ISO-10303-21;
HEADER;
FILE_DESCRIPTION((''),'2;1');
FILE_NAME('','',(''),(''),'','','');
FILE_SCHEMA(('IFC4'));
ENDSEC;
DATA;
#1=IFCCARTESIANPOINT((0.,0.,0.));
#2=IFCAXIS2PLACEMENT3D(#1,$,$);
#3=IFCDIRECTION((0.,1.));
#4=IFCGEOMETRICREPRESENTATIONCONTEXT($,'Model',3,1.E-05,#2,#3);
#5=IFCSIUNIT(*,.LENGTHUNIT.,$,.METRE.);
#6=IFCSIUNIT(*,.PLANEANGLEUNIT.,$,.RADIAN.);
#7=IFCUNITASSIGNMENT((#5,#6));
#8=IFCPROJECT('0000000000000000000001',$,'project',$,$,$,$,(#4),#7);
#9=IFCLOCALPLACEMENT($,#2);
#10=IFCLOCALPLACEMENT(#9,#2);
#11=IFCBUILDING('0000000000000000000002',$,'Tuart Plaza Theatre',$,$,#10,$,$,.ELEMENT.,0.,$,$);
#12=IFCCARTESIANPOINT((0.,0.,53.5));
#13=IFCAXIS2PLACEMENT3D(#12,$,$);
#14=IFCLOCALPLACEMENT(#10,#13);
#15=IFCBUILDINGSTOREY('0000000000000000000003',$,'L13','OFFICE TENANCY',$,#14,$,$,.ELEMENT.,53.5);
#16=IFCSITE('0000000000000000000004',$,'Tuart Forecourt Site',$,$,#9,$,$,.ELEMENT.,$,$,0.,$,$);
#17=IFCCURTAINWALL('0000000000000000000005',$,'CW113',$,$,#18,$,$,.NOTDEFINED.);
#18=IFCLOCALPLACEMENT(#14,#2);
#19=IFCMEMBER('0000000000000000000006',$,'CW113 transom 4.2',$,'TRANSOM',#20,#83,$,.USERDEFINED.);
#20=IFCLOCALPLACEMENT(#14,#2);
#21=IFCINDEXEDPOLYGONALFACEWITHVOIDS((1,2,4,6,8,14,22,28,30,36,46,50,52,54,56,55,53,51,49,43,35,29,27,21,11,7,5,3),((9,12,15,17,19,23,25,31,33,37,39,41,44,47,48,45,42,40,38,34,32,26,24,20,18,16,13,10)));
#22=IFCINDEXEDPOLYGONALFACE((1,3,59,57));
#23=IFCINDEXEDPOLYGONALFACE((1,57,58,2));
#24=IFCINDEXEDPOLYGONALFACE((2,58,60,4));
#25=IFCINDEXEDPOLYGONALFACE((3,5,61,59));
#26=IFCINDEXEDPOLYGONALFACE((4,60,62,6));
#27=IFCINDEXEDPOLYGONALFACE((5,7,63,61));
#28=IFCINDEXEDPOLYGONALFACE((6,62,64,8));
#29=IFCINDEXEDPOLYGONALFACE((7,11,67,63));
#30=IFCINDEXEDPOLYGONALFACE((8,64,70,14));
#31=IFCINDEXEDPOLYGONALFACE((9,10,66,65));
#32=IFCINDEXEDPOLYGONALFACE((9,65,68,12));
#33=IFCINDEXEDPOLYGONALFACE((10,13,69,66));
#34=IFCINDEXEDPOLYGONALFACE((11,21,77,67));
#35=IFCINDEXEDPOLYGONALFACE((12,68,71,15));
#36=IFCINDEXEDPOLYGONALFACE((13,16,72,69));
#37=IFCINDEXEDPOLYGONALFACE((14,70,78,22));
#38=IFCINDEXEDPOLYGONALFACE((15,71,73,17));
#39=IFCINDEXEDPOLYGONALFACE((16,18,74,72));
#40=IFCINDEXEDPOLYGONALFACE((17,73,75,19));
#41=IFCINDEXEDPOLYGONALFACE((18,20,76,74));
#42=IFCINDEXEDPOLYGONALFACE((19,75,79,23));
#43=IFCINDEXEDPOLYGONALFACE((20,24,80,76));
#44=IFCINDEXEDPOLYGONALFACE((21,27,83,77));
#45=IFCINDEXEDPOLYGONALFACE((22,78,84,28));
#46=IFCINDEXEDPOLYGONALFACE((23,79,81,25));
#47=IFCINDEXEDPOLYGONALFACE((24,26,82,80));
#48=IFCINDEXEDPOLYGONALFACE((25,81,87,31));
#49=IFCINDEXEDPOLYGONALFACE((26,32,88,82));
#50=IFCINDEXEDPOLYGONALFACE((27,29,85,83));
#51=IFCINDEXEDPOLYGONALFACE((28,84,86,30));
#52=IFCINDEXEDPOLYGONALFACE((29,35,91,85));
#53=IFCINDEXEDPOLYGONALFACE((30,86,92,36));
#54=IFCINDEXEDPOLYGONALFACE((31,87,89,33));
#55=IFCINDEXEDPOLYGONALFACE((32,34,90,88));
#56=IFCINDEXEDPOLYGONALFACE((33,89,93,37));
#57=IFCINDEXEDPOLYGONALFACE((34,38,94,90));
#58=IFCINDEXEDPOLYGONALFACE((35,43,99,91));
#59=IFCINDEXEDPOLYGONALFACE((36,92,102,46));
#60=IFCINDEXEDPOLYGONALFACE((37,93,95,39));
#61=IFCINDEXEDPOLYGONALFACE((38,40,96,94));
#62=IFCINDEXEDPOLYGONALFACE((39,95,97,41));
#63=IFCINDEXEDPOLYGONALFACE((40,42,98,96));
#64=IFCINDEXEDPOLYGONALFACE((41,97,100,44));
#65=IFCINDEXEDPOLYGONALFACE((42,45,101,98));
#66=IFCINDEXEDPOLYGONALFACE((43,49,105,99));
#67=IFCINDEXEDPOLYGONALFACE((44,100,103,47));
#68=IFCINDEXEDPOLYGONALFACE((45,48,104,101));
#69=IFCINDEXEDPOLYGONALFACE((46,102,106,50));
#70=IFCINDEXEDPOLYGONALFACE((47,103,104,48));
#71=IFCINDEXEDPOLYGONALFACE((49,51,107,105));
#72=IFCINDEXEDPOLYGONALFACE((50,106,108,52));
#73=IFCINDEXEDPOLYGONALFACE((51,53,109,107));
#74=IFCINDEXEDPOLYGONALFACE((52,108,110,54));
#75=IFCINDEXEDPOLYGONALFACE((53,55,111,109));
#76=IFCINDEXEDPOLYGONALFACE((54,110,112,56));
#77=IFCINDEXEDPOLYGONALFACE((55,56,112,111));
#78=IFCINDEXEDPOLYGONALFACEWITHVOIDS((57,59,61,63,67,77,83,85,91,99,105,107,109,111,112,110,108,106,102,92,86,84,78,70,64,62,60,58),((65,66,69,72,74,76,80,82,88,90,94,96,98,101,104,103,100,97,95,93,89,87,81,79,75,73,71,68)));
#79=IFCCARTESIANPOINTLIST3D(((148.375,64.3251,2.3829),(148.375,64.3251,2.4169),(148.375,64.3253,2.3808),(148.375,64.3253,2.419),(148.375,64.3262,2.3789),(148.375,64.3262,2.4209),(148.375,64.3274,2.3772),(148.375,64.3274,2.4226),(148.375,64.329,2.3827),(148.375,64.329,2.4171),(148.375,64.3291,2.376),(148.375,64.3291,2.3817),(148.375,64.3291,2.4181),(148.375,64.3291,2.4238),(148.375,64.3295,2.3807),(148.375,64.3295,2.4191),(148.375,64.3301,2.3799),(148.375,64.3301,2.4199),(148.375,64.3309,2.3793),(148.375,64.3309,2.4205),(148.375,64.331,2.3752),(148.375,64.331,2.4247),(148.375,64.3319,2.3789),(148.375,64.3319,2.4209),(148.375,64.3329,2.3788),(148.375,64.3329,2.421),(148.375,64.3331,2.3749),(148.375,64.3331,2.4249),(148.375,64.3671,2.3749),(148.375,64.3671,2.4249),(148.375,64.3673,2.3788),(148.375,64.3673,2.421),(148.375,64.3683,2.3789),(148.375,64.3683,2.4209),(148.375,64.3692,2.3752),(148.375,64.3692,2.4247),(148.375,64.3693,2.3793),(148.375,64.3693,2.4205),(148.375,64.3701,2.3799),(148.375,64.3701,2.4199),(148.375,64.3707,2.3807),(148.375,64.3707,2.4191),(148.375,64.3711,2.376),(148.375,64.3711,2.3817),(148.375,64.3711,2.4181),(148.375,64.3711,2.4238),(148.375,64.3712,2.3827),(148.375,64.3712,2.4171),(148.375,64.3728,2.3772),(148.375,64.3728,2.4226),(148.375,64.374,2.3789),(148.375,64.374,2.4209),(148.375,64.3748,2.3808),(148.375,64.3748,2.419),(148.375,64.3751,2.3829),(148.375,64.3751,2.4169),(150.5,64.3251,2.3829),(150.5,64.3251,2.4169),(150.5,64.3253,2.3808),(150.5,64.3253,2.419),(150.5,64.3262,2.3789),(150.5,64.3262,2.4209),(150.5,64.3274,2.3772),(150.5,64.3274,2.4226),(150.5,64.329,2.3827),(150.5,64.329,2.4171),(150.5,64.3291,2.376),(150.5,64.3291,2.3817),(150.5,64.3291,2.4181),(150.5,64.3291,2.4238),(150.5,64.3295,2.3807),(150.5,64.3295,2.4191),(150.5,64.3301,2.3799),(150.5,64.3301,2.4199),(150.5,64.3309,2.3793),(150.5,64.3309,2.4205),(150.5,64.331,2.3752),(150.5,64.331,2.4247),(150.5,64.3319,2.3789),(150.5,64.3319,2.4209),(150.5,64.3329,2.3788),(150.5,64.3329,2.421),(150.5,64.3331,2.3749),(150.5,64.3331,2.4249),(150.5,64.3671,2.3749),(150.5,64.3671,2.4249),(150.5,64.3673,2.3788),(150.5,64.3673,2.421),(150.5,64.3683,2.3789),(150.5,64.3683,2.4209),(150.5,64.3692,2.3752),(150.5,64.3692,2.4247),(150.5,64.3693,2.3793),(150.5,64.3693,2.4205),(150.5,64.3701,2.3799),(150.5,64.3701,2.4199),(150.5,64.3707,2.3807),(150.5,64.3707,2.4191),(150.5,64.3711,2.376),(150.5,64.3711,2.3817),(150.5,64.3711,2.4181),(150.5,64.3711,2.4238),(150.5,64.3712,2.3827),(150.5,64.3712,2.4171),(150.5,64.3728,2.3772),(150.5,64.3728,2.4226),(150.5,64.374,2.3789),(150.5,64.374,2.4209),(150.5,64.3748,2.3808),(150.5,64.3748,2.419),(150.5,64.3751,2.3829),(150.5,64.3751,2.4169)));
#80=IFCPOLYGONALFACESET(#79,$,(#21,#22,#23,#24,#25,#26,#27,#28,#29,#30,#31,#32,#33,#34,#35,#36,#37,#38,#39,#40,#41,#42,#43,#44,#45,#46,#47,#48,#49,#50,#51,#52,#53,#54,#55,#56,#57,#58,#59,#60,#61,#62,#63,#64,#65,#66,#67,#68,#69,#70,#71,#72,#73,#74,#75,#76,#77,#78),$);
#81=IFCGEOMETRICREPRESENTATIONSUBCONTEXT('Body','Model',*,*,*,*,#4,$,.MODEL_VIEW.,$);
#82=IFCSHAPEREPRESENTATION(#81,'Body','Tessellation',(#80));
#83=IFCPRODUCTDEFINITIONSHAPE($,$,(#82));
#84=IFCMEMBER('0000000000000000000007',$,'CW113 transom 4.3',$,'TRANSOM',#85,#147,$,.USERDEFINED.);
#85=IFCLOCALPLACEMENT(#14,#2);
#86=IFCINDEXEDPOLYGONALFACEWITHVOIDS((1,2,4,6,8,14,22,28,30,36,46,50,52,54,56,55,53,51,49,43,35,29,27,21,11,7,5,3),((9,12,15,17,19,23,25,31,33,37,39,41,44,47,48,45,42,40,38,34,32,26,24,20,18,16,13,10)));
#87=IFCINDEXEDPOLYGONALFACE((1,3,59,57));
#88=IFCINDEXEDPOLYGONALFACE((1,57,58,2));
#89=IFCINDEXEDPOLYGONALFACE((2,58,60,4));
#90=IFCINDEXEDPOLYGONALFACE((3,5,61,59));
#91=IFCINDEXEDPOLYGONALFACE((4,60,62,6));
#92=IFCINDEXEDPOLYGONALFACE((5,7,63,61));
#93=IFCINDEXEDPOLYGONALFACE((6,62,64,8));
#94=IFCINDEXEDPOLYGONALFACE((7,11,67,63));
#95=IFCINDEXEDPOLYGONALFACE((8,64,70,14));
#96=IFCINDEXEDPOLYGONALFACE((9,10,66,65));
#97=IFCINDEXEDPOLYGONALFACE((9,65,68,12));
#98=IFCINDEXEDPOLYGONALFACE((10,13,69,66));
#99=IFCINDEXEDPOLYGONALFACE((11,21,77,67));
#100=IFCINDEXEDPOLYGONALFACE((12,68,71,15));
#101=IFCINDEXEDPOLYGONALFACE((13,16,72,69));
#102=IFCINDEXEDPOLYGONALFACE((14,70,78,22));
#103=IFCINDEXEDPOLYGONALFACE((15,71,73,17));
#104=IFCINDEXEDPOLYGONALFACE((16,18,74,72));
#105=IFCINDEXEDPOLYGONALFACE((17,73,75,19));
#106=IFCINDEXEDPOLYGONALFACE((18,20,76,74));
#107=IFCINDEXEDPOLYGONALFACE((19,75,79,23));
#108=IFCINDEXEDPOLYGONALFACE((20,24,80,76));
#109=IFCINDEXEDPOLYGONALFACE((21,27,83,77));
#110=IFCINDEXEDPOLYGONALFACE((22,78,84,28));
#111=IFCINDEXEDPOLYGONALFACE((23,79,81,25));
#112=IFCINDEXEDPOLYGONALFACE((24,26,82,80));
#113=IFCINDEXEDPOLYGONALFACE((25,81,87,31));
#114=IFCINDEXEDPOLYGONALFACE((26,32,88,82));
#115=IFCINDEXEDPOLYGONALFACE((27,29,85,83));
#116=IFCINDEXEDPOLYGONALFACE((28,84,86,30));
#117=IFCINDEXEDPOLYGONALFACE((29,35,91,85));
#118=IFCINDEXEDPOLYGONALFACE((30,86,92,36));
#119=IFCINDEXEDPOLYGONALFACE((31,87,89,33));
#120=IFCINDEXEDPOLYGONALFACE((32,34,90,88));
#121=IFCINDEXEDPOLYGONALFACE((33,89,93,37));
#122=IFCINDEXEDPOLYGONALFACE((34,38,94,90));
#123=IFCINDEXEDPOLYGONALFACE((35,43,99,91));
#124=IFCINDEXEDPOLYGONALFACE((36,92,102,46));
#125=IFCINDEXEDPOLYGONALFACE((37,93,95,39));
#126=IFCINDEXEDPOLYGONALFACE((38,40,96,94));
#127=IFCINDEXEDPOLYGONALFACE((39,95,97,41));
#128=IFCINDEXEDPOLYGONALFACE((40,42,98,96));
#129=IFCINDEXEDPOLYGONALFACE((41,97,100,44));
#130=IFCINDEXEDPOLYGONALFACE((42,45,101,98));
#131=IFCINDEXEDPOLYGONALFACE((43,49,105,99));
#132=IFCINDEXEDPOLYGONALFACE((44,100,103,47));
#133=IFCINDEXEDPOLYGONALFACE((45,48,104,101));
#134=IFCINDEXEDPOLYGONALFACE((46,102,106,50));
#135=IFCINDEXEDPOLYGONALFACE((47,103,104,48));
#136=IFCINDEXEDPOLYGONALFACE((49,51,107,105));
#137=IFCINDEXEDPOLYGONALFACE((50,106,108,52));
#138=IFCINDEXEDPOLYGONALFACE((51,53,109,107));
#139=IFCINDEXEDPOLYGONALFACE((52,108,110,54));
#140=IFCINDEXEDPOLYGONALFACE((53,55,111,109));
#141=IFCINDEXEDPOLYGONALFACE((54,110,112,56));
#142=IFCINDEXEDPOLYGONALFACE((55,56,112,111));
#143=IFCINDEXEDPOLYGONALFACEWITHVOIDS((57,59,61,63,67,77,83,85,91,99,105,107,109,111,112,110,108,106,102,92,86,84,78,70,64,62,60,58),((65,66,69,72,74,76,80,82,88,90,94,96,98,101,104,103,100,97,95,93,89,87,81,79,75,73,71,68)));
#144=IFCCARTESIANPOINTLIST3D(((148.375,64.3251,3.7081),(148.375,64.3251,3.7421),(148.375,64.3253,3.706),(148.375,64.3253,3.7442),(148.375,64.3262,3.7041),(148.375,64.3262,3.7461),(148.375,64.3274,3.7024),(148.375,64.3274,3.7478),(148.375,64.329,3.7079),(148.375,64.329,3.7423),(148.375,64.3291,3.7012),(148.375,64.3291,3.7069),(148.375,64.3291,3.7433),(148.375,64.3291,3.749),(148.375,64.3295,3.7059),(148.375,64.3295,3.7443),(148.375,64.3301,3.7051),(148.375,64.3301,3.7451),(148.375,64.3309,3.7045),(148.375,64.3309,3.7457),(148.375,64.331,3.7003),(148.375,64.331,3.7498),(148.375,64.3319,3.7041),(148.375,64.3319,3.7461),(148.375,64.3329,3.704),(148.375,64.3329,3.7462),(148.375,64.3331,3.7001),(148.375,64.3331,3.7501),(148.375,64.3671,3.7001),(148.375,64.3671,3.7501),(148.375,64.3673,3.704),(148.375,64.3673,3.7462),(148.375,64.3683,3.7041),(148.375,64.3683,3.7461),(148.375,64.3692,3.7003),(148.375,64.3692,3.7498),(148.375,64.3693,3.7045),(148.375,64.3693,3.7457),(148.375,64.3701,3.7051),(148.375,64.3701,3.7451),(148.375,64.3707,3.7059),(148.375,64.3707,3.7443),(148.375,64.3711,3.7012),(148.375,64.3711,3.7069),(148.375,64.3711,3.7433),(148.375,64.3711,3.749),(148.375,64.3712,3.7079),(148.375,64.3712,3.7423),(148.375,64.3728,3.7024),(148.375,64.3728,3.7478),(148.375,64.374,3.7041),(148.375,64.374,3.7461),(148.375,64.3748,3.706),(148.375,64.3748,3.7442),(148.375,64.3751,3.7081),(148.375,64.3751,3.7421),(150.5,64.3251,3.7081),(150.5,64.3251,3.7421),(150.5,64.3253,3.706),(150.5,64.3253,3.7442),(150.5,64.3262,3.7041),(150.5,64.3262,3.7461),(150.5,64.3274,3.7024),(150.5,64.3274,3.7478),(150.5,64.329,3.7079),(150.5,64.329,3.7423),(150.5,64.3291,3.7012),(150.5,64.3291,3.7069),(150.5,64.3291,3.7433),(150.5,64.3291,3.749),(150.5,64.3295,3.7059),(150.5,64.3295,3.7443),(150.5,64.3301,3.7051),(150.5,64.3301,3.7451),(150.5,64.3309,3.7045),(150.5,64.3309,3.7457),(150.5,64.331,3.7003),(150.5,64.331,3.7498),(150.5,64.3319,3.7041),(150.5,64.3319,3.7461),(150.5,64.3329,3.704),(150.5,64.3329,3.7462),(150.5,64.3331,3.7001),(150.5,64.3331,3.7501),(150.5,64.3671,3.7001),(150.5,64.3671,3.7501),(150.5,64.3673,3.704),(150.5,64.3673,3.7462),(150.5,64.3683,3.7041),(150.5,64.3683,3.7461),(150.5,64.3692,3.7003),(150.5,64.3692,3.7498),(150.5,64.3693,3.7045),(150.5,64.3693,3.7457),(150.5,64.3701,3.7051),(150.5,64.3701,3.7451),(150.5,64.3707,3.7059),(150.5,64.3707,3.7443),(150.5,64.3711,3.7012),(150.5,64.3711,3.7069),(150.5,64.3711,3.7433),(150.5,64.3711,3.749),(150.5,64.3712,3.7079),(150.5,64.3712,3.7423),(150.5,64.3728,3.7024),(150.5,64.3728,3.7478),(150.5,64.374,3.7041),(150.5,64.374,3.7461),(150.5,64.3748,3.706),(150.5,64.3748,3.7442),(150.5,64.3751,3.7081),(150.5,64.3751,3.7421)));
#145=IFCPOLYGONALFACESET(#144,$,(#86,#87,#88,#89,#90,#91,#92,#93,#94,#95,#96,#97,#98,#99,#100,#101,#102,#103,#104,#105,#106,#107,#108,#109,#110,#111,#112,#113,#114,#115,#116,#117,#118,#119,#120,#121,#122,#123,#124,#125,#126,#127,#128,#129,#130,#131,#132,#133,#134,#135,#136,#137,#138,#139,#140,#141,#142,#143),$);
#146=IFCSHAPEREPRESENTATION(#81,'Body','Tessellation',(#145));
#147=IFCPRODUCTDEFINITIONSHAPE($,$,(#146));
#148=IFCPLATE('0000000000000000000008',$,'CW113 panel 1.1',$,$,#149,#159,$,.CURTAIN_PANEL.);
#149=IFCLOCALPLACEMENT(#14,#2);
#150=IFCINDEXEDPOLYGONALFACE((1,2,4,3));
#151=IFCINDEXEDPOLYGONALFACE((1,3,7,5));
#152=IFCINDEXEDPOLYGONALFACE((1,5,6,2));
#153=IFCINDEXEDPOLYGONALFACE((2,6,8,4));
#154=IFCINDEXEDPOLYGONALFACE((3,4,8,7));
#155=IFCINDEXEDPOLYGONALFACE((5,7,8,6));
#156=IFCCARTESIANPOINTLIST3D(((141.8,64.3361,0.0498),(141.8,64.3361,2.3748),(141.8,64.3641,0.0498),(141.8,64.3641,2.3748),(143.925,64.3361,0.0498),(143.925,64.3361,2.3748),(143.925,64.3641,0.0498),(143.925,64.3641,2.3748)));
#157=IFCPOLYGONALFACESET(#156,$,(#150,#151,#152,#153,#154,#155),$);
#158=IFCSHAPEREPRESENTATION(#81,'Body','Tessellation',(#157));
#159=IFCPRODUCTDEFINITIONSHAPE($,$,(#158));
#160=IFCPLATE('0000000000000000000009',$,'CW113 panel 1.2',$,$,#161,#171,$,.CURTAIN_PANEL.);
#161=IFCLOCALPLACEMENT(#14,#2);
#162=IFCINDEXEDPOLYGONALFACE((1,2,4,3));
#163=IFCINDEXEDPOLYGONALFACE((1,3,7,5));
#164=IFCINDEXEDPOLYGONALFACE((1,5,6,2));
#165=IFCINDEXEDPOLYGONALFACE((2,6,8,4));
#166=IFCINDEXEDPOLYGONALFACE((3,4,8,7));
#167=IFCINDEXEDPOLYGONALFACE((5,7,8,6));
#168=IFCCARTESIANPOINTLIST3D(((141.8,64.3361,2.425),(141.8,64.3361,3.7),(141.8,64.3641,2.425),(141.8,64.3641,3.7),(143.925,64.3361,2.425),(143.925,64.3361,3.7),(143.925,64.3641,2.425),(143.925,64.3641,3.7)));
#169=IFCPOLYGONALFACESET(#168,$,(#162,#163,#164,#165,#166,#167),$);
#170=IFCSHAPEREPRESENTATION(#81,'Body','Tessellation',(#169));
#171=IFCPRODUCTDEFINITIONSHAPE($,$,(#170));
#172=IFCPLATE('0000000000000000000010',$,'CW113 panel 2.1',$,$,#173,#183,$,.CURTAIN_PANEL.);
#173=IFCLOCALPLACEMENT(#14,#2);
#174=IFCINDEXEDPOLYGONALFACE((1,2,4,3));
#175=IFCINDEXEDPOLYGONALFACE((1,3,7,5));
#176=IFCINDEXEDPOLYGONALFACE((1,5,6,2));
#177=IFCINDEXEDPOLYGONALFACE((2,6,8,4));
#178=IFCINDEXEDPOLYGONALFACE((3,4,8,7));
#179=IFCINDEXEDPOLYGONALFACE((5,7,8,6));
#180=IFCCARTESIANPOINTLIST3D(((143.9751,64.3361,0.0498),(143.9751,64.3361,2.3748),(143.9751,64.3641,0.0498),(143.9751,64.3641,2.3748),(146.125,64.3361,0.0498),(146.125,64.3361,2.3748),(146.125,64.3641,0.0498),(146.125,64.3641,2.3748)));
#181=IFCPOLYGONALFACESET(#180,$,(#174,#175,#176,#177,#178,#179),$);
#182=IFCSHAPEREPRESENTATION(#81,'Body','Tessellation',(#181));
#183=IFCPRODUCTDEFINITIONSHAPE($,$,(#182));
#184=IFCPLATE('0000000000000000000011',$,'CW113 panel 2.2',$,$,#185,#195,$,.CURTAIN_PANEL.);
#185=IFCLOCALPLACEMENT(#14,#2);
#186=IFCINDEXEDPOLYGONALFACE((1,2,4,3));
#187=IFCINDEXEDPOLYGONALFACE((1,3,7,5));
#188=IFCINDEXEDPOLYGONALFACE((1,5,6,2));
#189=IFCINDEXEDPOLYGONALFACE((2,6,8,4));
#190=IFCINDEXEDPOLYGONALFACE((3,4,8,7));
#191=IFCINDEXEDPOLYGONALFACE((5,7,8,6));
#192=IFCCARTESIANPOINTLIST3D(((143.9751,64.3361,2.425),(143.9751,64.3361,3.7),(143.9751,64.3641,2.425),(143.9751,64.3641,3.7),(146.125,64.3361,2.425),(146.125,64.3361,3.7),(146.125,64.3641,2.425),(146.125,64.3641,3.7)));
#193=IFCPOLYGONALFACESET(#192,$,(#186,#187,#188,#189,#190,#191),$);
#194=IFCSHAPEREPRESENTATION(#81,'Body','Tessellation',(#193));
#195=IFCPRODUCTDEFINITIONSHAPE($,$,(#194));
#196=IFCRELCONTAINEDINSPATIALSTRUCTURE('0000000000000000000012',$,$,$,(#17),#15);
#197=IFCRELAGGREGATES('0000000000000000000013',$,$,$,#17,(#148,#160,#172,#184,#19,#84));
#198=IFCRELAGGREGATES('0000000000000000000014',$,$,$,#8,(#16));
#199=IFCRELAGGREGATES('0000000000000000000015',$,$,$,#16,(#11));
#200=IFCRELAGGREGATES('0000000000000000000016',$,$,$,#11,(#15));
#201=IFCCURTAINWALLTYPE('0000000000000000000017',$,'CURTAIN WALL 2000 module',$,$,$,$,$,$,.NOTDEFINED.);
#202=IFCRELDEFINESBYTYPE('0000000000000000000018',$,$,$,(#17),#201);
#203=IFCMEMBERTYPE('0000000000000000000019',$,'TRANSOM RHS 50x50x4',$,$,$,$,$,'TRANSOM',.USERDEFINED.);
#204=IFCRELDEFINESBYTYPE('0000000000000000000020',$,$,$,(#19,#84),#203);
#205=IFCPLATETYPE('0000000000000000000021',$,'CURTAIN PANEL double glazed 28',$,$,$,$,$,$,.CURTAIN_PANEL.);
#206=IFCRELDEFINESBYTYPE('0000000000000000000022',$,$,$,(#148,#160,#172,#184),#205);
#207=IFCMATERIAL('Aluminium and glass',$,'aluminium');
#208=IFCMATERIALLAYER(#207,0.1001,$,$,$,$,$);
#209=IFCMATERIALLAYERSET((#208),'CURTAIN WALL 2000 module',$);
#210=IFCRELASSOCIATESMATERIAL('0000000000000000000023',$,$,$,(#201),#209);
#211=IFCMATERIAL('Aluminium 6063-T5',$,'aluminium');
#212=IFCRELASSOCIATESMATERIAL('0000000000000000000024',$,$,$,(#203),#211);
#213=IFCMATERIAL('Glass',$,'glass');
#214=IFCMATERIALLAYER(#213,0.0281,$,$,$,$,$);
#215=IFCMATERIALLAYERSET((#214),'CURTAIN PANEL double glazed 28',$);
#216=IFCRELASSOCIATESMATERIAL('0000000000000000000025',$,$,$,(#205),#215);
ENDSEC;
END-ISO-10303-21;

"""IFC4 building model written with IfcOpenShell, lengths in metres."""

from ifc_helpers import new_model, si_unit, direction, frame, origin, origin_2d, place, context, subcontext, project, spatial, rectangle, hollow_rectangle, extrude, material, layer, layer_set, material_profile, profile_set, type_object, element, aggregate, save


model = new_model("IFC4")

# Units and contexts
model_context = context("Model", 3, precision=1e-05, world=origin(), true_north=direction((0.0, 1.0)))
body_context = subcontext(model_context, "Body", "Model", "MODEL_VIEW")
ifc_project = project(units=[si_unit("LENGTHUNIT", "METRE"), si_unit("PLANEANGLEUNIT", "RADIAN")], contexts=[model_context])

# Site, building, storey
site_placement = place(None, origin())
site = spatial("IfcSite", under=ifc_project, at=site_placement, Name="Tuart Forecourt Site", CompositionType="ELEMENT", RefElevation=0.0)
building_placement = place(site_placement, origin())
building = spatial("IfcBuilding", under=site, at=building_placement, Name="Tuart Plaza Theatre", CompositionType="ELEMENT", ElevationOfRefHeight=0.0)
storey_placement = place(building_placement, frame((0.0, 0.0, 53.5)))
storey = spatial("IfcBuildingStorey", under=building, at=storey_placement, Name="L13", Description="OFFICE TENANCY", CompositionType="ELEMENT", Elevation=53.5)

# Curtain wall, members, plates
ifc_material_1 = material(Name="Aluminium and glass", Category="aluminium")
ifc_layer_1 = layer(ifc_material_1, 0.1001)
ifc_layer_set_1 = layer_set([ifc_layer_1], Name="CURTAIN WALL 2000 module")
curtain_wall_type = type_object("IfcCurtainWallType", Name="CURTAIN WALL 2000 module", PredefinedType="NOTDEFINED", material=ifc_layer_set_1)
curtain_wall_placement = place(storey_placement, origin())
curtain_wall = element("IfcCurtainWall", 1, at=curtain_wall_placement, inside=storey, type_object=curtain_wall_type, Name="CW113", PredefinedType="NOTDEFINED")
ifc_material_2 = material(Name="Aluminium 6063-T5", Category="aluminium")
ifc_material_profile_1 = material_profile(ifc_material_2, hollow_rectangle(XDim=0.05, YDim=0.05, WallThickness=0.0039, InnerFilletRadius=0.0039, OuterFilletRadius=0.0081, at=origin_2d()), Name="RHS 50x50x4")
ifc_profile_set_1 = profile_set([ifc_material_profile_1], Name="Aluminium 6063-T5")
member_type_1 = type_object("IfcMemberType", Name="TRANSOM RHS 50x50x4", ElementType="TRANSOM", PredefinedType="USERDEFINED", material=ifc_profile_set_1)
member_1_placement = place(storey_placement, frame((148.375, 64.3501, 2.3999), z_axis=(1.0, 0.0, 0.0), x_axis=(0.0, 1.0, 0.0)))
member_1 = element("IfcMember", 2, at=member_1_placement, type_object=member_type_1, Name="CW113 transom 4.2", ObjectType="TRANSOM", PredefinedType="USERDEFINED", context=body_context, shape_type="SweptSolid", body=[
    extrude(hollow_rectangle(XDim=0.05, YDim=0.05, WallThickness=0.0039, InnerFilletRadius=0.0039, OuterFilletRadius=0.0081, at=origin_2d()), origin(), (0.0, 0.0, 1.0), 2.125),
])
member_2_placement = place(storey_placement, frame((148.375, 64.3501, 3.7251), z_axis=(1.0, 0.0, 0.0), x_axis=(0.0, 1.0, 0.0)))
member_2 = element("IfcMember", 3, at=member_2_placement, type_object=member_type_1, Name="CW113 transom 4.3", ObjectType="TRANSOM", PredefinedType="USERDEFINED", context=body_context, shape_type="SweptSolid", body=[
    extrude(hollow_rectangle(XDim=0.05, YDim=0.05, WallThickness=0.0039, InnerFilletRadius=0.0039, OuterFilletRadius=0.0081, at=origin_2d()), origin(), (0.0, 0.0, 1.0), 2.125),
])
ifc_material_3 = material(Name="Glass", Category="glass")
ifc_layer_2 = layer(ifc_material_3, 0.0281)
ifc_layer_set_2 = layer_set([ifc_layer_2], Name="CURTAIN PANEL double glazed 28")
plate_type = type_object("IfcPlateType", Name="CURTAIN PANEL double glazed 28", PredefinedType="CURTAIN_PANEL", material=ifc_layer_set_2)
plate_1_placement = place(storey_placement, frame((142.8625, 64.3501, 0.0498), z_axis=(0.0, 0.0, 1.0), x_axis=(1.0, 0.0, 0.0)))
plate_1 = element("IfcPlate", 4, at=plate_1_placement, type_object=plate_type, Name="CW113 panel 1.1", PredefinedType="CURTAIN_PANEL", context=body_context, shape_type="SweptSolid", body=[
    extrude(rectangle(XDim=2.125, YDim=0.0281, at=origin_2d()), origin(), (0.0, 0.0, 1.0), 2.325),
])
plate_2_placement = place(storey_placement, frame((142.8625, 64.3501, 2.425), z_axis=(0.0, 0.0, 1.0), x_axis=(1.0, 0.0, 0.0)))
plate_2 = element("IfcPlate", 5, at=plate_2_placement, type_object=plate_type, Name="CW113 panel 1.2", PredefinedType="CURTAIN_PANEL", context=body_context, shape_type="SweptSolid", body=[
    extrude(rectangle(XDim=2.125, YDim=0.0281, at=origin_2d()), origin(), (0.0, 0.0, 1.0), 1.2749),
])
plate_3_placement = place(storey_placement, frame((145.05, 64.3501, 0.0498), z_axis=(0.0, 0.0, 1.0), x_axis=(1.0, 0.0, 0.0)))
plate_3 = element("IfcPlate", 6, at=plate_3_placement, type_object=plate_type, Name="CW113 panel 2.1", PredefinedType="CURTAIN_PANEL", context=body_context, shape_type="SweptSolid", body=[
    extrude(rectangle(XDim=2.1499, YDim=0.0281, at=origin_2d()), origin(), (0.0, 0.0, 1.0), 2.325),
])
plate_4_placement = place(storey_placement, frame((145.05, 64.3501, 2.425), z_axis=(0.0, 0.0, 1.0), x_axis=(1.0, 0.0, 0.0)))
plate_4 = element("IfcPlate", 7, at=plate_4_placement, type_object=plate_type, Name="CW113 panel 2.2", PredefinedType="CURTAIN_PANEL", context=body_context, shape_type="SweptSolid", body=[
    extrude(rectangle(XDim=2.1499, YDim=0.0281, at=origin_2d()), origin(), (0.0, 0.0, 1.0), 1.2749),
])
aggregate(curtain_wall, [plate_1, plate_2, plate_3, plate_4, member_1, member_2])

save(model, "model.ifc")
